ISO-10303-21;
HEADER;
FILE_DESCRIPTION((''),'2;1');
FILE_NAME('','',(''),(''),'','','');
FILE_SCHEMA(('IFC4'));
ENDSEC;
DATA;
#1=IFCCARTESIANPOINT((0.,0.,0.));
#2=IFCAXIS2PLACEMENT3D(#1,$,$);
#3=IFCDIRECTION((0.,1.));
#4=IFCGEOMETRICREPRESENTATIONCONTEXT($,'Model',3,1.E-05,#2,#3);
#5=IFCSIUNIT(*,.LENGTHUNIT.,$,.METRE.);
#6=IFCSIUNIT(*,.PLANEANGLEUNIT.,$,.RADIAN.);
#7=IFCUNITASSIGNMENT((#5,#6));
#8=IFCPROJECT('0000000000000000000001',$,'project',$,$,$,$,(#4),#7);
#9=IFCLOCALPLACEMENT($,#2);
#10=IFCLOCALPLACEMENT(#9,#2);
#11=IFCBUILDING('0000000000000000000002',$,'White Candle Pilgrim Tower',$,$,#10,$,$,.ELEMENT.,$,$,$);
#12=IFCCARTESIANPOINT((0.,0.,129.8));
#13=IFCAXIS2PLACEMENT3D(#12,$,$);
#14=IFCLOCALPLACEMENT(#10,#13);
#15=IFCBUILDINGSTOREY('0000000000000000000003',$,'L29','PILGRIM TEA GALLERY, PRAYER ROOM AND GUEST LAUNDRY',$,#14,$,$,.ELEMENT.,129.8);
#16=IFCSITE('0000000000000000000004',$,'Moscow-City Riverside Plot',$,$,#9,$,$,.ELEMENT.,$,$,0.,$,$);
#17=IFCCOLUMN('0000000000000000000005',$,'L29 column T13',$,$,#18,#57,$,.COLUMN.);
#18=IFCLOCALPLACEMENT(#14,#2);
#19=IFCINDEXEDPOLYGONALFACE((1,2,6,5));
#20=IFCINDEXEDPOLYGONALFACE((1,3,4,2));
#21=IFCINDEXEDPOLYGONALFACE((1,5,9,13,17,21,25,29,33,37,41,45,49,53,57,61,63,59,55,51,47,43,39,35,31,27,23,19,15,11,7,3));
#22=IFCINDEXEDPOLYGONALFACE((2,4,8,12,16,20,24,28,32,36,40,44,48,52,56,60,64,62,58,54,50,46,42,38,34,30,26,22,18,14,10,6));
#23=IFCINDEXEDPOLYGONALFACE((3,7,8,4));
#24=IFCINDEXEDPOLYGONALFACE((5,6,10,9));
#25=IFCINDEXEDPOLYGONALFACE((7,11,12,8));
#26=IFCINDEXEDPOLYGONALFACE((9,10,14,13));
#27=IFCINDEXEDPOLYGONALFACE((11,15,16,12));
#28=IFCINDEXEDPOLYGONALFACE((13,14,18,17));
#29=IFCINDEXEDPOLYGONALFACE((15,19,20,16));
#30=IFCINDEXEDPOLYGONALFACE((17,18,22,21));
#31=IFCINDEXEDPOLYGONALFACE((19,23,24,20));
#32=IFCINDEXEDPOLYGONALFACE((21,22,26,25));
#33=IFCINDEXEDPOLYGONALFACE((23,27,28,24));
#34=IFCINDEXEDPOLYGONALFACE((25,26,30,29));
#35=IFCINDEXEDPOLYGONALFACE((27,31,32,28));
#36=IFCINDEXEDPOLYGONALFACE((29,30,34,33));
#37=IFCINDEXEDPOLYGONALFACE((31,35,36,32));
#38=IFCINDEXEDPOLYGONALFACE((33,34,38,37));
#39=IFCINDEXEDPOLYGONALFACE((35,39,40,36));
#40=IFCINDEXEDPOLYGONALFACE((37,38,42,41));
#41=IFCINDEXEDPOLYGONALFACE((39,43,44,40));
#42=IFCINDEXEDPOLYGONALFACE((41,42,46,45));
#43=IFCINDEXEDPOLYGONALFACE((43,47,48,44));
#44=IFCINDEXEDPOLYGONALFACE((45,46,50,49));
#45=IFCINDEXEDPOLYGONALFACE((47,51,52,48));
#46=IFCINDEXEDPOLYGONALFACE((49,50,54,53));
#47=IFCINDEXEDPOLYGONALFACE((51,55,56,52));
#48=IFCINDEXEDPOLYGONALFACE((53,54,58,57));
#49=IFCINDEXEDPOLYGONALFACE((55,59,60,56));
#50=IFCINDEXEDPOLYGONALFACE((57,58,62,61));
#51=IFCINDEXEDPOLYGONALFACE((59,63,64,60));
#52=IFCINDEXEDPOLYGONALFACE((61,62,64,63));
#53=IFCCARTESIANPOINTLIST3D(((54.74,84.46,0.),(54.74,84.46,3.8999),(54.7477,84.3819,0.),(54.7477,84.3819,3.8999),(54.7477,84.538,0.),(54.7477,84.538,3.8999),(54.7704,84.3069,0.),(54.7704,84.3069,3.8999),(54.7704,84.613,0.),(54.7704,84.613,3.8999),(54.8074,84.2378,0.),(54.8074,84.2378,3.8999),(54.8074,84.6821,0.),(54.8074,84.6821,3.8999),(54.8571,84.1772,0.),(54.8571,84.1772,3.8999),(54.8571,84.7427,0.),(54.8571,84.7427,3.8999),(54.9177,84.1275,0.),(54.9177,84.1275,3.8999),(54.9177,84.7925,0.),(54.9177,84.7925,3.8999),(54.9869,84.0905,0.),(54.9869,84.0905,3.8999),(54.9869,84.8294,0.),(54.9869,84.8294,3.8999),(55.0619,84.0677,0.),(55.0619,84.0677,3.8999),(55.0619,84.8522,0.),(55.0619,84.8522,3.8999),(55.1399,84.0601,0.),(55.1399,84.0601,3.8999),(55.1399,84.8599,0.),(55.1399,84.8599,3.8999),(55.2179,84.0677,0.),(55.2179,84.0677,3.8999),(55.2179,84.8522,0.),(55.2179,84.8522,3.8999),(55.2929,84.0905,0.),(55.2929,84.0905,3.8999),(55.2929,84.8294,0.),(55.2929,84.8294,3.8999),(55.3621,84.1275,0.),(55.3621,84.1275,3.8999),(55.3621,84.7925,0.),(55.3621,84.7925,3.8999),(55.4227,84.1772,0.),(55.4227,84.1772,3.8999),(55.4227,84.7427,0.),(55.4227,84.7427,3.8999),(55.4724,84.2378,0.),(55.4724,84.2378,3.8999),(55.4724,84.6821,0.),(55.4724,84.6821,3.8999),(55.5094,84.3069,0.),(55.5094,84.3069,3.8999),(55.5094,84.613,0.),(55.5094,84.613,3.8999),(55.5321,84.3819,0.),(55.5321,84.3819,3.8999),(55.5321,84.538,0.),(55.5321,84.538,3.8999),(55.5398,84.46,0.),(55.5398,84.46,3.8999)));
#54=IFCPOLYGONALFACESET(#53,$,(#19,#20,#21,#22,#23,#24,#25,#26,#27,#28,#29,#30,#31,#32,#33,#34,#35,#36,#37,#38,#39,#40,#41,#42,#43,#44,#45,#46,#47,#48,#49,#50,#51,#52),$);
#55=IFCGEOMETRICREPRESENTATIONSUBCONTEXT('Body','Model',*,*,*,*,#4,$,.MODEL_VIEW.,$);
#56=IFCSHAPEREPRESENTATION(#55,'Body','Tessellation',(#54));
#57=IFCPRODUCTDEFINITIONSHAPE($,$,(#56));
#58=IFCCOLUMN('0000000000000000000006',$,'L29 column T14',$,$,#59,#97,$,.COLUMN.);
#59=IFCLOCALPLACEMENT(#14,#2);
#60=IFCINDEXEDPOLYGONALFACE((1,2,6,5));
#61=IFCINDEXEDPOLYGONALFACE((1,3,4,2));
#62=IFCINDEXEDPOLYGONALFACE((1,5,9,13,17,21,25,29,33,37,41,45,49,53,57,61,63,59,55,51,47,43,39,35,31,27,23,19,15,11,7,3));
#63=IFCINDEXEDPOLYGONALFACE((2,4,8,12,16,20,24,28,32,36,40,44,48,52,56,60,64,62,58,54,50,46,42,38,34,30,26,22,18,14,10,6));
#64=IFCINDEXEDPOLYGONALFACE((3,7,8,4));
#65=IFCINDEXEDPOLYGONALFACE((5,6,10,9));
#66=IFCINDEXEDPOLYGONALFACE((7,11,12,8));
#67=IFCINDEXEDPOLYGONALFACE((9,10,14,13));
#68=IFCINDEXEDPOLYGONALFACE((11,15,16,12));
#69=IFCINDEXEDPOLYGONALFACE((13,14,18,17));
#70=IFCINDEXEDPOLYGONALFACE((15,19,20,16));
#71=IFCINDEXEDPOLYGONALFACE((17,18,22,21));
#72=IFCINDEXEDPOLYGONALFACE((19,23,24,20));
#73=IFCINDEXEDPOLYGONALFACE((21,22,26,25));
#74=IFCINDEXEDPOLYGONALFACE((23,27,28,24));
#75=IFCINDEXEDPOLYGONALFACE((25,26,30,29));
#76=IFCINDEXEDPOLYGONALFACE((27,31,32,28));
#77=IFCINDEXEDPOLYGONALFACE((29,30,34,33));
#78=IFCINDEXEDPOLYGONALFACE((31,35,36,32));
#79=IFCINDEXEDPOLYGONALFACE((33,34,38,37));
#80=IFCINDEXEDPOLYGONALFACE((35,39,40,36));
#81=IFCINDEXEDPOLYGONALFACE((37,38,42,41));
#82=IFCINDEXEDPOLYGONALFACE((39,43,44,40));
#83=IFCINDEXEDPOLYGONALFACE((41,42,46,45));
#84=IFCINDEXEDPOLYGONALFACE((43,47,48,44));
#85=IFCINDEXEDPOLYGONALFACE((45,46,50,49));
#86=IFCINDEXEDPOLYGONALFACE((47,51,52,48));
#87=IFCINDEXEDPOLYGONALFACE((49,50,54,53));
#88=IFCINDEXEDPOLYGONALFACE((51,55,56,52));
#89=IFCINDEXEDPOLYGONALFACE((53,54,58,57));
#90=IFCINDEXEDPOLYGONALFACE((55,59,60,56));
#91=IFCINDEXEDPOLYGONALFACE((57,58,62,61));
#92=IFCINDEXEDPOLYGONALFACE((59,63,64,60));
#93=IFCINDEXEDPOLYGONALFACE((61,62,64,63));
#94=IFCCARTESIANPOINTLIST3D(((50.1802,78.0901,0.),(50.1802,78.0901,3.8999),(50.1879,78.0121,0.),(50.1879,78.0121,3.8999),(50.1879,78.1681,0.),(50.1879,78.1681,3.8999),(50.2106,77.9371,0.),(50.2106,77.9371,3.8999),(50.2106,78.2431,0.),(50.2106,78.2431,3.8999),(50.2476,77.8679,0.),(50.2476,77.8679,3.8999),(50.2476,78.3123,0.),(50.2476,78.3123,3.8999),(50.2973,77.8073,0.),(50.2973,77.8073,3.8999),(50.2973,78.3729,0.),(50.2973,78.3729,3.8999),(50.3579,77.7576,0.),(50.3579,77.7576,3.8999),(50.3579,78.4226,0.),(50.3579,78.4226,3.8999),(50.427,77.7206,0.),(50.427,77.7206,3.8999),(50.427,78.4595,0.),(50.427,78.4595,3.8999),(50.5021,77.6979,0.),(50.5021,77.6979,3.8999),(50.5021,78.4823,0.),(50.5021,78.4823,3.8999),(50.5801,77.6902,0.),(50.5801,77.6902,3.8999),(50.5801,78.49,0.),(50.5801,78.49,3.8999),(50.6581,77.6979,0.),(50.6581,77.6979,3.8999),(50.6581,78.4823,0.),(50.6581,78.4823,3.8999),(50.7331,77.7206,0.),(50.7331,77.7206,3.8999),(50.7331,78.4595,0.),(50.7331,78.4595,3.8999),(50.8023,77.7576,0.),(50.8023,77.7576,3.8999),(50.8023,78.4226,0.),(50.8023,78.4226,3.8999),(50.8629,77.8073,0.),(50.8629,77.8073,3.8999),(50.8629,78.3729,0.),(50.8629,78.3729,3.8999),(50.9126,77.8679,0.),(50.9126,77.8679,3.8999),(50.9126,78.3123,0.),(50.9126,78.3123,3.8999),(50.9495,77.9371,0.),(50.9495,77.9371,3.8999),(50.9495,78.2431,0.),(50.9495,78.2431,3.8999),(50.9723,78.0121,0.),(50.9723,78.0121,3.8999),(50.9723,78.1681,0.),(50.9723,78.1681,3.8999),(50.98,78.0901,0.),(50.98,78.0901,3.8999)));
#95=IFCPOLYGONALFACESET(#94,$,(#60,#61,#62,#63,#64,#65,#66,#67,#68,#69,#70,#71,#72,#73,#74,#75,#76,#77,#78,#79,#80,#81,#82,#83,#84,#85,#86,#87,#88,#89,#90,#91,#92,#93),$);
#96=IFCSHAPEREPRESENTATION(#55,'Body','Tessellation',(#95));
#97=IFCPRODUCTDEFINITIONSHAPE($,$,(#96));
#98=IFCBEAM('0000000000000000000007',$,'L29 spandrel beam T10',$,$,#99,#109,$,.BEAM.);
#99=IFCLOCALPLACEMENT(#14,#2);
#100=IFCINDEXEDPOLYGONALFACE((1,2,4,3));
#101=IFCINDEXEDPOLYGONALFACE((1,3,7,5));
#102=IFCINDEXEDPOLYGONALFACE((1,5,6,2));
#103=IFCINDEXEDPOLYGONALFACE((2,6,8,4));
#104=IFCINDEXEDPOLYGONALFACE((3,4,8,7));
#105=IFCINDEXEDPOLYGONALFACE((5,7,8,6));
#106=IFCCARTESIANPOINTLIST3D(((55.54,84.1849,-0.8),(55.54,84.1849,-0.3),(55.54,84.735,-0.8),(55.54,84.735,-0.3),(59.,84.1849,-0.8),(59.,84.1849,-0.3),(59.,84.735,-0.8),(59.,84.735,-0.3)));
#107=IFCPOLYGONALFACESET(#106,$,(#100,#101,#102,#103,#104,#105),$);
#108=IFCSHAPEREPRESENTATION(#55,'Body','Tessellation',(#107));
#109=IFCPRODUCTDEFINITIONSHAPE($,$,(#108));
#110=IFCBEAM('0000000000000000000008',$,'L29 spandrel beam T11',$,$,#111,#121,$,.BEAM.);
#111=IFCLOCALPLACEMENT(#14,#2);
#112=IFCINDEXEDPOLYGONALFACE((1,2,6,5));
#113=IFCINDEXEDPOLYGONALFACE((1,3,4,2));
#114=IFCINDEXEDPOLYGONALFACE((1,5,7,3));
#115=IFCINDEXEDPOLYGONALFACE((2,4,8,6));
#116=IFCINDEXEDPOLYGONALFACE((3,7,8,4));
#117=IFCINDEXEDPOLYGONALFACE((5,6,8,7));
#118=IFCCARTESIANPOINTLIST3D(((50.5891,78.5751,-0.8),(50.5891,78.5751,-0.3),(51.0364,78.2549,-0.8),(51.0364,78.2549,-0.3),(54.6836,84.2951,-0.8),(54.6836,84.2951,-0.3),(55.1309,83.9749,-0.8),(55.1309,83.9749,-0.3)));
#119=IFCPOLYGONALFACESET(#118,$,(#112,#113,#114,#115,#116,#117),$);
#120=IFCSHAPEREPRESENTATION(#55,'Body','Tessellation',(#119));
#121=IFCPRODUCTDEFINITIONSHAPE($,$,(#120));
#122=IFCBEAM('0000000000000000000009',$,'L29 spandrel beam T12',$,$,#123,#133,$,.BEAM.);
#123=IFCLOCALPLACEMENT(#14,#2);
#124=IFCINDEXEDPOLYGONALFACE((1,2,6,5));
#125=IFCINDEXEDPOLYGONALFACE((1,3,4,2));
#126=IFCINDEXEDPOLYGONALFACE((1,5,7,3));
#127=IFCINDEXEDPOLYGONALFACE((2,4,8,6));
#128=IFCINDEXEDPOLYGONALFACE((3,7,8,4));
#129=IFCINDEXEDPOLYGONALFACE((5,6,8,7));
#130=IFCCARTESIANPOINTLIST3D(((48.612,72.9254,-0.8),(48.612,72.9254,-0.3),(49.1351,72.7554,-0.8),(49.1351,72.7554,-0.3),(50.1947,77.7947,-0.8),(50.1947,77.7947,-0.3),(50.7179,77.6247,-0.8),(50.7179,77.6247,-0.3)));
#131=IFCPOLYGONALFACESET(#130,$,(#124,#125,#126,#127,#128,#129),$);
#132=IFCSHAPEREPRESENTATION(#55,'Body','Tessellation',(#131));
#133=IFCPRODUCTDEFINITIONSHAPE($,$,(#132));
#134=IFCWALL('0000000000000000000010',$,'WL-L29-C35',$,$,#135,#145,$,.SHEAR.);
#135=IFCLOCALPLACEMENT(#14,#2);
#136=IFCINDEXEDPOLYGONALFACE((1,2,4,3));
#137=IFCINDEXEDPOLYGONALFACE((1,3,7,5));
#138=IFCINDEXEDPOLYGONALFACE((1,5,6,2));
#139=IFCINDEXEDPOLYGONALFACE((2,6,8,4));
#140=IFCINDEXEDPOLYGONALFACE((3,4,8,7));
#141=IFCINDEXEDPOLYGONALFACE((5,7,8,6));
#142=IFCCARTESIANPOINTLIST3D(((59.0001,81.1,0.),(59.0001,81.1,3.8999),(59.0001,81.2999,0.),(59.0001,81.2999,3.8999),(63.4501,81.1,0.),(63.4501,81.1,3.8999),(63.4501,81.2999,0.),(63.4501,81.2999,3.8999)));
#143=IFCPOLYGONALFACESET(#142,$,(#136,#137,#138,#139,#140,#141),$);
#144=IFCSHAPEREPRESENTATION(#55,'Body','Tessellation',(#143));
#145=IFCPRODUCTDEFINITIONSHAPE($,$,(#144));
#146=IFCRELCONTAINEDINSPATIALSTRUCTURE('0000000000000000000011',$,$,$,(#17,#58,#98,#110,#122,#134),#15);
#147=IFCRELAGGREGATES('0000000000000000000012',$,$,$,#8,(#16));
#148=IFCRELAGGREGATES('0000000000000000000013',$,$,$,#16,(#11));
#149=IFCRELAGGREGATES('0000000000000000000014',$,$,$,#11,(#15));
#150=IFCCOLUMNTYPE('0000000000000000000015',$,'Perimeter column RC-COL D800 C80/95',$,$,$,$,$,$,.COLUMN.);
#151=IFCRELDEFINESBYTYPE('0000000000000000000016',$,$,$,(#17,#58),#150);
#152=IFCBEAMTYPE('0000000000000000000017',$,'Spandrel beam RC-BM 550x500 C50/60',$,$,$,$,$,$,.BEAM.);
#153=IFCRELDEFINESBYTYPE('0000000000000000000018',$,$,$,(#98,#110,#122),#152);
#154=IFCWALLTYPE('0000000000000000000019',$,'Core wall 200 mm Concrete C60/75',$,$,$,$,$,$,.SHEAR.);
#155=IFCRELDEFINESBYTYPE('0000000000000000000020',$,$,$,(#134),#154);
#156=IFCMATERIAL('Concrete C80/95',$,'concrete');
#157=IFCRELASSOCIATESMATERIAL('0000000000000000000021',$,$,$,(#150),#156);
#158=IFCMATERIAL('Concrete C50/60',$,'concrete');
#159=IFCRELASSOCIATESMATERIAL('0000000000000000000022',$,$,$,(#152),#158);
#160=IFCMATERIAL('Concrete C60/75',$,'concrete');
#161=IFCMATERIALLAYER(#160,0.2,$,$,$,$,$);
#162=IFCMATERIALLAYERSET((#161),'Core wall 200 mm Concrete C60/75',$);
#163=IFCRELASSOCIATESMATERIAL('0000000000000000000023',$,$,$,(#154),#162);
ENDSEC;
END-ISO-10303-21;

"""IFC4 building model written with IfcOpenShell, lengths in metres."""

from ifc_helpers import new_model, si_unit, direction, frame, frame_2d, origin, origin_2d, place, context, subcontext, project, spatial, rectangle, circle, extrude, material, layer, layer_set, material_profile, profile_set, type_object, element, save


model = new_model("IFC4")

# Units and contexts
model_context = context("Model", 3, precision=1e-05, world=origin(), true_north=direction((0.0, 1.0)))
body_context = subcontext(model_context, "Body", "Model", "MODEL_VIEW")
ifc_project = project(units=[si_unit("LENGTHUNIT", "METRE"), si_unit("PLANEANGLEUNIT", "RADIAN")], contexts=[model_context])

# Site, building, storey
site_placement = place(None, origin())
site = spatial("IfcSite", under=ifc_project, at=site_placement, Name="Moscow-City Riverside Plot", CompositionType="ELEMENT", RefElevation=0.0)
building_placement = place(site_placement, origin())
building = spatial("IfcBuilding", under=site, at=building_placement, Name="White Candle Pilgrim Tower", CompositionType="ELEMENT")
storey_placement = place(building_placement, frame((0.0, 0.0, 129.8)))
storey = spatial("IfcBuildingStorey", under=building, at=storey_placement, Name="L29", Description="PILGRIM TEA GALLERY, PRAYER ROOM AND GUEST LAUNDRY", CompositionType="ELEMENT", Elevation=129.8)

# Columns
ifc_material_1 = material(Name="Concrete C80/95", Category="concrete")
ifc_material_profile_1 = material_profile(ifc_material_1, circle(Radius=0.3999, at=origin_2d()), Name="RC-COL D800")
ifc_profile_set_1 = profile_set([ifc_material_profile_1], Name="Concrete C80/95")
column_type = type_object("IfcColumnType", Name="Perimeter column RC-COL D800 C80/95", PredefinedType="COLUMN", material=ifc_profile_set_1)
for number, where, z_axis, x_axis, name in (
    (1, (55.1399, 84.46, 0.0), (0.0, 0.0, 1.0), (1.0, 0.0, 0.0), "L29 column T13"),
    (2, (50.5801, 78.0901, 0.0), (0.0, 0.0, 1.0), (1.0, 0.0, 0.0), "L29 column T14"),
):
    element("IfcColumn", number, at=place(storey_placement, frame(where, z_axis=z_axis, x_axis=x_axis)), inside=storey, type_object=column_type, Name=name, PredefinedType="COLUMN", context=body_context, shape_type="SweptSolid", body=[
        extrude(circle(Radius=0.3999, at=origin_2d()), origin(), (0.0, 0.0, 1.0), 3.8999),
    ])

# Beams
ifc_material_2 = material(Name="Concrete C50/60", Category="concrete")
ifc_material_profile_2 = material_profile(ifc_material_2, rectangle(XDim=0.55, YDim=0.5, at=origin_2d()), Name="RC-BM 550x500")
ifc_profile_set_2 = profile_set([ifc_material_profile_2], Name="Concrete C50/60")
beam_type = type_object("IfcBeamType", Name="Spandrel beam RC-BM 550x500 C50/60", PredefinedType="BEAM", material=ifc_profile_set_2)
beam_1_placement = place(storey_placement, frame((55.54, 84.46, -0.55), z_axis=(1.0, 0.0, 0.0), x_axis=(0.0, 1.0, 0.0)))
element("IfcBeam", 3, at=beam_1_placement, inside=storey, type_object=beam_type, Name="L29 spandrel beam T10", PredefinedType="BEAM", context=body_context, shape_type="SweptSolid", body=[
    extrude(rectangle(XDim=0.55, YDim=0.5, at=origin_2d()), origin(), (0.0, 0.0, 1.0), 3.46),
])
beam_2_placement = place(storey_placement, frame((54.9072, 84.135, -0.55), z_axis=(-0.582065, -0.813142, 0.0), x_axis=(0.813142, -0.582065, 0.0)))
element("IfcBeam", 4, at=beam_2_placement, inside=storey, type_object=beam_type, Name="L29 spandrel beam T11", PredefinedType="BEAM", context=body_context, shape_type="SweptSolid", body=[
    extrude(rectangle(XDim=0.55, YDim=0.5, at=origin_2d()), origin(), (0.0, 0.0, 1.0), 7.0344),
])
beam_3_placement = place(storey_placement, frame((50.4563, 77.7097, -0.55), z_axis=(-0.309124, -0.951022, 0.0), x_axis=(0.951022, -0.309124, 0.0)))
element("IfcBeam", 5, at=beam_3_placement, inside=storey, type_object=beam_type, Name="L29 spandrel beam T12", PredefinedType="BEAM", context=body_context, shape_type="SweptSolid", body=[
    extrude(rectangle(XDim=0.55, YDim=0.5, at=origin_2d()), origin(), (0.0, 0.0, 1.0), 5.1201),
])

# Wall
ifc_material_3 = material(Name="Concrete C60/75", Category="concrete")
ifc_layer_1 = layer(ifc_material_3, 0.2)
ifc_layer_set_1 = layer_set([ifc_layer_1], Name="Core wall 200 mm Concrete C60/75")
wall_type_1 = type_object("IfcWallType", Name="Core wall 200 mm Concrete C60/75", PredefinedType="SHEAR", material=ifc_layer_set_1)
wall_1_placement = place(storey_placement, frame((59.0, 81.2, 0.0), z_axis=(0.0, 0.0, 1.0), x_axis=(1.0, 0.0, 0.0)))
element("IfcWall", 6, at=wall_1_placement, inside=storey, type_object=wall_type_1, Name="WL-L29-C35", PredefinedType="SHEAR", context=body_context, shape_type="SweptSolid", body=[
    extrude(rectangle(XDim=4.45, YDim=0.2, at=frame_2d((2.2251, 0.0))), origin(), (0.0, 0.0, 1.0), 3.8999),
])

save(model, "model.ifc")
